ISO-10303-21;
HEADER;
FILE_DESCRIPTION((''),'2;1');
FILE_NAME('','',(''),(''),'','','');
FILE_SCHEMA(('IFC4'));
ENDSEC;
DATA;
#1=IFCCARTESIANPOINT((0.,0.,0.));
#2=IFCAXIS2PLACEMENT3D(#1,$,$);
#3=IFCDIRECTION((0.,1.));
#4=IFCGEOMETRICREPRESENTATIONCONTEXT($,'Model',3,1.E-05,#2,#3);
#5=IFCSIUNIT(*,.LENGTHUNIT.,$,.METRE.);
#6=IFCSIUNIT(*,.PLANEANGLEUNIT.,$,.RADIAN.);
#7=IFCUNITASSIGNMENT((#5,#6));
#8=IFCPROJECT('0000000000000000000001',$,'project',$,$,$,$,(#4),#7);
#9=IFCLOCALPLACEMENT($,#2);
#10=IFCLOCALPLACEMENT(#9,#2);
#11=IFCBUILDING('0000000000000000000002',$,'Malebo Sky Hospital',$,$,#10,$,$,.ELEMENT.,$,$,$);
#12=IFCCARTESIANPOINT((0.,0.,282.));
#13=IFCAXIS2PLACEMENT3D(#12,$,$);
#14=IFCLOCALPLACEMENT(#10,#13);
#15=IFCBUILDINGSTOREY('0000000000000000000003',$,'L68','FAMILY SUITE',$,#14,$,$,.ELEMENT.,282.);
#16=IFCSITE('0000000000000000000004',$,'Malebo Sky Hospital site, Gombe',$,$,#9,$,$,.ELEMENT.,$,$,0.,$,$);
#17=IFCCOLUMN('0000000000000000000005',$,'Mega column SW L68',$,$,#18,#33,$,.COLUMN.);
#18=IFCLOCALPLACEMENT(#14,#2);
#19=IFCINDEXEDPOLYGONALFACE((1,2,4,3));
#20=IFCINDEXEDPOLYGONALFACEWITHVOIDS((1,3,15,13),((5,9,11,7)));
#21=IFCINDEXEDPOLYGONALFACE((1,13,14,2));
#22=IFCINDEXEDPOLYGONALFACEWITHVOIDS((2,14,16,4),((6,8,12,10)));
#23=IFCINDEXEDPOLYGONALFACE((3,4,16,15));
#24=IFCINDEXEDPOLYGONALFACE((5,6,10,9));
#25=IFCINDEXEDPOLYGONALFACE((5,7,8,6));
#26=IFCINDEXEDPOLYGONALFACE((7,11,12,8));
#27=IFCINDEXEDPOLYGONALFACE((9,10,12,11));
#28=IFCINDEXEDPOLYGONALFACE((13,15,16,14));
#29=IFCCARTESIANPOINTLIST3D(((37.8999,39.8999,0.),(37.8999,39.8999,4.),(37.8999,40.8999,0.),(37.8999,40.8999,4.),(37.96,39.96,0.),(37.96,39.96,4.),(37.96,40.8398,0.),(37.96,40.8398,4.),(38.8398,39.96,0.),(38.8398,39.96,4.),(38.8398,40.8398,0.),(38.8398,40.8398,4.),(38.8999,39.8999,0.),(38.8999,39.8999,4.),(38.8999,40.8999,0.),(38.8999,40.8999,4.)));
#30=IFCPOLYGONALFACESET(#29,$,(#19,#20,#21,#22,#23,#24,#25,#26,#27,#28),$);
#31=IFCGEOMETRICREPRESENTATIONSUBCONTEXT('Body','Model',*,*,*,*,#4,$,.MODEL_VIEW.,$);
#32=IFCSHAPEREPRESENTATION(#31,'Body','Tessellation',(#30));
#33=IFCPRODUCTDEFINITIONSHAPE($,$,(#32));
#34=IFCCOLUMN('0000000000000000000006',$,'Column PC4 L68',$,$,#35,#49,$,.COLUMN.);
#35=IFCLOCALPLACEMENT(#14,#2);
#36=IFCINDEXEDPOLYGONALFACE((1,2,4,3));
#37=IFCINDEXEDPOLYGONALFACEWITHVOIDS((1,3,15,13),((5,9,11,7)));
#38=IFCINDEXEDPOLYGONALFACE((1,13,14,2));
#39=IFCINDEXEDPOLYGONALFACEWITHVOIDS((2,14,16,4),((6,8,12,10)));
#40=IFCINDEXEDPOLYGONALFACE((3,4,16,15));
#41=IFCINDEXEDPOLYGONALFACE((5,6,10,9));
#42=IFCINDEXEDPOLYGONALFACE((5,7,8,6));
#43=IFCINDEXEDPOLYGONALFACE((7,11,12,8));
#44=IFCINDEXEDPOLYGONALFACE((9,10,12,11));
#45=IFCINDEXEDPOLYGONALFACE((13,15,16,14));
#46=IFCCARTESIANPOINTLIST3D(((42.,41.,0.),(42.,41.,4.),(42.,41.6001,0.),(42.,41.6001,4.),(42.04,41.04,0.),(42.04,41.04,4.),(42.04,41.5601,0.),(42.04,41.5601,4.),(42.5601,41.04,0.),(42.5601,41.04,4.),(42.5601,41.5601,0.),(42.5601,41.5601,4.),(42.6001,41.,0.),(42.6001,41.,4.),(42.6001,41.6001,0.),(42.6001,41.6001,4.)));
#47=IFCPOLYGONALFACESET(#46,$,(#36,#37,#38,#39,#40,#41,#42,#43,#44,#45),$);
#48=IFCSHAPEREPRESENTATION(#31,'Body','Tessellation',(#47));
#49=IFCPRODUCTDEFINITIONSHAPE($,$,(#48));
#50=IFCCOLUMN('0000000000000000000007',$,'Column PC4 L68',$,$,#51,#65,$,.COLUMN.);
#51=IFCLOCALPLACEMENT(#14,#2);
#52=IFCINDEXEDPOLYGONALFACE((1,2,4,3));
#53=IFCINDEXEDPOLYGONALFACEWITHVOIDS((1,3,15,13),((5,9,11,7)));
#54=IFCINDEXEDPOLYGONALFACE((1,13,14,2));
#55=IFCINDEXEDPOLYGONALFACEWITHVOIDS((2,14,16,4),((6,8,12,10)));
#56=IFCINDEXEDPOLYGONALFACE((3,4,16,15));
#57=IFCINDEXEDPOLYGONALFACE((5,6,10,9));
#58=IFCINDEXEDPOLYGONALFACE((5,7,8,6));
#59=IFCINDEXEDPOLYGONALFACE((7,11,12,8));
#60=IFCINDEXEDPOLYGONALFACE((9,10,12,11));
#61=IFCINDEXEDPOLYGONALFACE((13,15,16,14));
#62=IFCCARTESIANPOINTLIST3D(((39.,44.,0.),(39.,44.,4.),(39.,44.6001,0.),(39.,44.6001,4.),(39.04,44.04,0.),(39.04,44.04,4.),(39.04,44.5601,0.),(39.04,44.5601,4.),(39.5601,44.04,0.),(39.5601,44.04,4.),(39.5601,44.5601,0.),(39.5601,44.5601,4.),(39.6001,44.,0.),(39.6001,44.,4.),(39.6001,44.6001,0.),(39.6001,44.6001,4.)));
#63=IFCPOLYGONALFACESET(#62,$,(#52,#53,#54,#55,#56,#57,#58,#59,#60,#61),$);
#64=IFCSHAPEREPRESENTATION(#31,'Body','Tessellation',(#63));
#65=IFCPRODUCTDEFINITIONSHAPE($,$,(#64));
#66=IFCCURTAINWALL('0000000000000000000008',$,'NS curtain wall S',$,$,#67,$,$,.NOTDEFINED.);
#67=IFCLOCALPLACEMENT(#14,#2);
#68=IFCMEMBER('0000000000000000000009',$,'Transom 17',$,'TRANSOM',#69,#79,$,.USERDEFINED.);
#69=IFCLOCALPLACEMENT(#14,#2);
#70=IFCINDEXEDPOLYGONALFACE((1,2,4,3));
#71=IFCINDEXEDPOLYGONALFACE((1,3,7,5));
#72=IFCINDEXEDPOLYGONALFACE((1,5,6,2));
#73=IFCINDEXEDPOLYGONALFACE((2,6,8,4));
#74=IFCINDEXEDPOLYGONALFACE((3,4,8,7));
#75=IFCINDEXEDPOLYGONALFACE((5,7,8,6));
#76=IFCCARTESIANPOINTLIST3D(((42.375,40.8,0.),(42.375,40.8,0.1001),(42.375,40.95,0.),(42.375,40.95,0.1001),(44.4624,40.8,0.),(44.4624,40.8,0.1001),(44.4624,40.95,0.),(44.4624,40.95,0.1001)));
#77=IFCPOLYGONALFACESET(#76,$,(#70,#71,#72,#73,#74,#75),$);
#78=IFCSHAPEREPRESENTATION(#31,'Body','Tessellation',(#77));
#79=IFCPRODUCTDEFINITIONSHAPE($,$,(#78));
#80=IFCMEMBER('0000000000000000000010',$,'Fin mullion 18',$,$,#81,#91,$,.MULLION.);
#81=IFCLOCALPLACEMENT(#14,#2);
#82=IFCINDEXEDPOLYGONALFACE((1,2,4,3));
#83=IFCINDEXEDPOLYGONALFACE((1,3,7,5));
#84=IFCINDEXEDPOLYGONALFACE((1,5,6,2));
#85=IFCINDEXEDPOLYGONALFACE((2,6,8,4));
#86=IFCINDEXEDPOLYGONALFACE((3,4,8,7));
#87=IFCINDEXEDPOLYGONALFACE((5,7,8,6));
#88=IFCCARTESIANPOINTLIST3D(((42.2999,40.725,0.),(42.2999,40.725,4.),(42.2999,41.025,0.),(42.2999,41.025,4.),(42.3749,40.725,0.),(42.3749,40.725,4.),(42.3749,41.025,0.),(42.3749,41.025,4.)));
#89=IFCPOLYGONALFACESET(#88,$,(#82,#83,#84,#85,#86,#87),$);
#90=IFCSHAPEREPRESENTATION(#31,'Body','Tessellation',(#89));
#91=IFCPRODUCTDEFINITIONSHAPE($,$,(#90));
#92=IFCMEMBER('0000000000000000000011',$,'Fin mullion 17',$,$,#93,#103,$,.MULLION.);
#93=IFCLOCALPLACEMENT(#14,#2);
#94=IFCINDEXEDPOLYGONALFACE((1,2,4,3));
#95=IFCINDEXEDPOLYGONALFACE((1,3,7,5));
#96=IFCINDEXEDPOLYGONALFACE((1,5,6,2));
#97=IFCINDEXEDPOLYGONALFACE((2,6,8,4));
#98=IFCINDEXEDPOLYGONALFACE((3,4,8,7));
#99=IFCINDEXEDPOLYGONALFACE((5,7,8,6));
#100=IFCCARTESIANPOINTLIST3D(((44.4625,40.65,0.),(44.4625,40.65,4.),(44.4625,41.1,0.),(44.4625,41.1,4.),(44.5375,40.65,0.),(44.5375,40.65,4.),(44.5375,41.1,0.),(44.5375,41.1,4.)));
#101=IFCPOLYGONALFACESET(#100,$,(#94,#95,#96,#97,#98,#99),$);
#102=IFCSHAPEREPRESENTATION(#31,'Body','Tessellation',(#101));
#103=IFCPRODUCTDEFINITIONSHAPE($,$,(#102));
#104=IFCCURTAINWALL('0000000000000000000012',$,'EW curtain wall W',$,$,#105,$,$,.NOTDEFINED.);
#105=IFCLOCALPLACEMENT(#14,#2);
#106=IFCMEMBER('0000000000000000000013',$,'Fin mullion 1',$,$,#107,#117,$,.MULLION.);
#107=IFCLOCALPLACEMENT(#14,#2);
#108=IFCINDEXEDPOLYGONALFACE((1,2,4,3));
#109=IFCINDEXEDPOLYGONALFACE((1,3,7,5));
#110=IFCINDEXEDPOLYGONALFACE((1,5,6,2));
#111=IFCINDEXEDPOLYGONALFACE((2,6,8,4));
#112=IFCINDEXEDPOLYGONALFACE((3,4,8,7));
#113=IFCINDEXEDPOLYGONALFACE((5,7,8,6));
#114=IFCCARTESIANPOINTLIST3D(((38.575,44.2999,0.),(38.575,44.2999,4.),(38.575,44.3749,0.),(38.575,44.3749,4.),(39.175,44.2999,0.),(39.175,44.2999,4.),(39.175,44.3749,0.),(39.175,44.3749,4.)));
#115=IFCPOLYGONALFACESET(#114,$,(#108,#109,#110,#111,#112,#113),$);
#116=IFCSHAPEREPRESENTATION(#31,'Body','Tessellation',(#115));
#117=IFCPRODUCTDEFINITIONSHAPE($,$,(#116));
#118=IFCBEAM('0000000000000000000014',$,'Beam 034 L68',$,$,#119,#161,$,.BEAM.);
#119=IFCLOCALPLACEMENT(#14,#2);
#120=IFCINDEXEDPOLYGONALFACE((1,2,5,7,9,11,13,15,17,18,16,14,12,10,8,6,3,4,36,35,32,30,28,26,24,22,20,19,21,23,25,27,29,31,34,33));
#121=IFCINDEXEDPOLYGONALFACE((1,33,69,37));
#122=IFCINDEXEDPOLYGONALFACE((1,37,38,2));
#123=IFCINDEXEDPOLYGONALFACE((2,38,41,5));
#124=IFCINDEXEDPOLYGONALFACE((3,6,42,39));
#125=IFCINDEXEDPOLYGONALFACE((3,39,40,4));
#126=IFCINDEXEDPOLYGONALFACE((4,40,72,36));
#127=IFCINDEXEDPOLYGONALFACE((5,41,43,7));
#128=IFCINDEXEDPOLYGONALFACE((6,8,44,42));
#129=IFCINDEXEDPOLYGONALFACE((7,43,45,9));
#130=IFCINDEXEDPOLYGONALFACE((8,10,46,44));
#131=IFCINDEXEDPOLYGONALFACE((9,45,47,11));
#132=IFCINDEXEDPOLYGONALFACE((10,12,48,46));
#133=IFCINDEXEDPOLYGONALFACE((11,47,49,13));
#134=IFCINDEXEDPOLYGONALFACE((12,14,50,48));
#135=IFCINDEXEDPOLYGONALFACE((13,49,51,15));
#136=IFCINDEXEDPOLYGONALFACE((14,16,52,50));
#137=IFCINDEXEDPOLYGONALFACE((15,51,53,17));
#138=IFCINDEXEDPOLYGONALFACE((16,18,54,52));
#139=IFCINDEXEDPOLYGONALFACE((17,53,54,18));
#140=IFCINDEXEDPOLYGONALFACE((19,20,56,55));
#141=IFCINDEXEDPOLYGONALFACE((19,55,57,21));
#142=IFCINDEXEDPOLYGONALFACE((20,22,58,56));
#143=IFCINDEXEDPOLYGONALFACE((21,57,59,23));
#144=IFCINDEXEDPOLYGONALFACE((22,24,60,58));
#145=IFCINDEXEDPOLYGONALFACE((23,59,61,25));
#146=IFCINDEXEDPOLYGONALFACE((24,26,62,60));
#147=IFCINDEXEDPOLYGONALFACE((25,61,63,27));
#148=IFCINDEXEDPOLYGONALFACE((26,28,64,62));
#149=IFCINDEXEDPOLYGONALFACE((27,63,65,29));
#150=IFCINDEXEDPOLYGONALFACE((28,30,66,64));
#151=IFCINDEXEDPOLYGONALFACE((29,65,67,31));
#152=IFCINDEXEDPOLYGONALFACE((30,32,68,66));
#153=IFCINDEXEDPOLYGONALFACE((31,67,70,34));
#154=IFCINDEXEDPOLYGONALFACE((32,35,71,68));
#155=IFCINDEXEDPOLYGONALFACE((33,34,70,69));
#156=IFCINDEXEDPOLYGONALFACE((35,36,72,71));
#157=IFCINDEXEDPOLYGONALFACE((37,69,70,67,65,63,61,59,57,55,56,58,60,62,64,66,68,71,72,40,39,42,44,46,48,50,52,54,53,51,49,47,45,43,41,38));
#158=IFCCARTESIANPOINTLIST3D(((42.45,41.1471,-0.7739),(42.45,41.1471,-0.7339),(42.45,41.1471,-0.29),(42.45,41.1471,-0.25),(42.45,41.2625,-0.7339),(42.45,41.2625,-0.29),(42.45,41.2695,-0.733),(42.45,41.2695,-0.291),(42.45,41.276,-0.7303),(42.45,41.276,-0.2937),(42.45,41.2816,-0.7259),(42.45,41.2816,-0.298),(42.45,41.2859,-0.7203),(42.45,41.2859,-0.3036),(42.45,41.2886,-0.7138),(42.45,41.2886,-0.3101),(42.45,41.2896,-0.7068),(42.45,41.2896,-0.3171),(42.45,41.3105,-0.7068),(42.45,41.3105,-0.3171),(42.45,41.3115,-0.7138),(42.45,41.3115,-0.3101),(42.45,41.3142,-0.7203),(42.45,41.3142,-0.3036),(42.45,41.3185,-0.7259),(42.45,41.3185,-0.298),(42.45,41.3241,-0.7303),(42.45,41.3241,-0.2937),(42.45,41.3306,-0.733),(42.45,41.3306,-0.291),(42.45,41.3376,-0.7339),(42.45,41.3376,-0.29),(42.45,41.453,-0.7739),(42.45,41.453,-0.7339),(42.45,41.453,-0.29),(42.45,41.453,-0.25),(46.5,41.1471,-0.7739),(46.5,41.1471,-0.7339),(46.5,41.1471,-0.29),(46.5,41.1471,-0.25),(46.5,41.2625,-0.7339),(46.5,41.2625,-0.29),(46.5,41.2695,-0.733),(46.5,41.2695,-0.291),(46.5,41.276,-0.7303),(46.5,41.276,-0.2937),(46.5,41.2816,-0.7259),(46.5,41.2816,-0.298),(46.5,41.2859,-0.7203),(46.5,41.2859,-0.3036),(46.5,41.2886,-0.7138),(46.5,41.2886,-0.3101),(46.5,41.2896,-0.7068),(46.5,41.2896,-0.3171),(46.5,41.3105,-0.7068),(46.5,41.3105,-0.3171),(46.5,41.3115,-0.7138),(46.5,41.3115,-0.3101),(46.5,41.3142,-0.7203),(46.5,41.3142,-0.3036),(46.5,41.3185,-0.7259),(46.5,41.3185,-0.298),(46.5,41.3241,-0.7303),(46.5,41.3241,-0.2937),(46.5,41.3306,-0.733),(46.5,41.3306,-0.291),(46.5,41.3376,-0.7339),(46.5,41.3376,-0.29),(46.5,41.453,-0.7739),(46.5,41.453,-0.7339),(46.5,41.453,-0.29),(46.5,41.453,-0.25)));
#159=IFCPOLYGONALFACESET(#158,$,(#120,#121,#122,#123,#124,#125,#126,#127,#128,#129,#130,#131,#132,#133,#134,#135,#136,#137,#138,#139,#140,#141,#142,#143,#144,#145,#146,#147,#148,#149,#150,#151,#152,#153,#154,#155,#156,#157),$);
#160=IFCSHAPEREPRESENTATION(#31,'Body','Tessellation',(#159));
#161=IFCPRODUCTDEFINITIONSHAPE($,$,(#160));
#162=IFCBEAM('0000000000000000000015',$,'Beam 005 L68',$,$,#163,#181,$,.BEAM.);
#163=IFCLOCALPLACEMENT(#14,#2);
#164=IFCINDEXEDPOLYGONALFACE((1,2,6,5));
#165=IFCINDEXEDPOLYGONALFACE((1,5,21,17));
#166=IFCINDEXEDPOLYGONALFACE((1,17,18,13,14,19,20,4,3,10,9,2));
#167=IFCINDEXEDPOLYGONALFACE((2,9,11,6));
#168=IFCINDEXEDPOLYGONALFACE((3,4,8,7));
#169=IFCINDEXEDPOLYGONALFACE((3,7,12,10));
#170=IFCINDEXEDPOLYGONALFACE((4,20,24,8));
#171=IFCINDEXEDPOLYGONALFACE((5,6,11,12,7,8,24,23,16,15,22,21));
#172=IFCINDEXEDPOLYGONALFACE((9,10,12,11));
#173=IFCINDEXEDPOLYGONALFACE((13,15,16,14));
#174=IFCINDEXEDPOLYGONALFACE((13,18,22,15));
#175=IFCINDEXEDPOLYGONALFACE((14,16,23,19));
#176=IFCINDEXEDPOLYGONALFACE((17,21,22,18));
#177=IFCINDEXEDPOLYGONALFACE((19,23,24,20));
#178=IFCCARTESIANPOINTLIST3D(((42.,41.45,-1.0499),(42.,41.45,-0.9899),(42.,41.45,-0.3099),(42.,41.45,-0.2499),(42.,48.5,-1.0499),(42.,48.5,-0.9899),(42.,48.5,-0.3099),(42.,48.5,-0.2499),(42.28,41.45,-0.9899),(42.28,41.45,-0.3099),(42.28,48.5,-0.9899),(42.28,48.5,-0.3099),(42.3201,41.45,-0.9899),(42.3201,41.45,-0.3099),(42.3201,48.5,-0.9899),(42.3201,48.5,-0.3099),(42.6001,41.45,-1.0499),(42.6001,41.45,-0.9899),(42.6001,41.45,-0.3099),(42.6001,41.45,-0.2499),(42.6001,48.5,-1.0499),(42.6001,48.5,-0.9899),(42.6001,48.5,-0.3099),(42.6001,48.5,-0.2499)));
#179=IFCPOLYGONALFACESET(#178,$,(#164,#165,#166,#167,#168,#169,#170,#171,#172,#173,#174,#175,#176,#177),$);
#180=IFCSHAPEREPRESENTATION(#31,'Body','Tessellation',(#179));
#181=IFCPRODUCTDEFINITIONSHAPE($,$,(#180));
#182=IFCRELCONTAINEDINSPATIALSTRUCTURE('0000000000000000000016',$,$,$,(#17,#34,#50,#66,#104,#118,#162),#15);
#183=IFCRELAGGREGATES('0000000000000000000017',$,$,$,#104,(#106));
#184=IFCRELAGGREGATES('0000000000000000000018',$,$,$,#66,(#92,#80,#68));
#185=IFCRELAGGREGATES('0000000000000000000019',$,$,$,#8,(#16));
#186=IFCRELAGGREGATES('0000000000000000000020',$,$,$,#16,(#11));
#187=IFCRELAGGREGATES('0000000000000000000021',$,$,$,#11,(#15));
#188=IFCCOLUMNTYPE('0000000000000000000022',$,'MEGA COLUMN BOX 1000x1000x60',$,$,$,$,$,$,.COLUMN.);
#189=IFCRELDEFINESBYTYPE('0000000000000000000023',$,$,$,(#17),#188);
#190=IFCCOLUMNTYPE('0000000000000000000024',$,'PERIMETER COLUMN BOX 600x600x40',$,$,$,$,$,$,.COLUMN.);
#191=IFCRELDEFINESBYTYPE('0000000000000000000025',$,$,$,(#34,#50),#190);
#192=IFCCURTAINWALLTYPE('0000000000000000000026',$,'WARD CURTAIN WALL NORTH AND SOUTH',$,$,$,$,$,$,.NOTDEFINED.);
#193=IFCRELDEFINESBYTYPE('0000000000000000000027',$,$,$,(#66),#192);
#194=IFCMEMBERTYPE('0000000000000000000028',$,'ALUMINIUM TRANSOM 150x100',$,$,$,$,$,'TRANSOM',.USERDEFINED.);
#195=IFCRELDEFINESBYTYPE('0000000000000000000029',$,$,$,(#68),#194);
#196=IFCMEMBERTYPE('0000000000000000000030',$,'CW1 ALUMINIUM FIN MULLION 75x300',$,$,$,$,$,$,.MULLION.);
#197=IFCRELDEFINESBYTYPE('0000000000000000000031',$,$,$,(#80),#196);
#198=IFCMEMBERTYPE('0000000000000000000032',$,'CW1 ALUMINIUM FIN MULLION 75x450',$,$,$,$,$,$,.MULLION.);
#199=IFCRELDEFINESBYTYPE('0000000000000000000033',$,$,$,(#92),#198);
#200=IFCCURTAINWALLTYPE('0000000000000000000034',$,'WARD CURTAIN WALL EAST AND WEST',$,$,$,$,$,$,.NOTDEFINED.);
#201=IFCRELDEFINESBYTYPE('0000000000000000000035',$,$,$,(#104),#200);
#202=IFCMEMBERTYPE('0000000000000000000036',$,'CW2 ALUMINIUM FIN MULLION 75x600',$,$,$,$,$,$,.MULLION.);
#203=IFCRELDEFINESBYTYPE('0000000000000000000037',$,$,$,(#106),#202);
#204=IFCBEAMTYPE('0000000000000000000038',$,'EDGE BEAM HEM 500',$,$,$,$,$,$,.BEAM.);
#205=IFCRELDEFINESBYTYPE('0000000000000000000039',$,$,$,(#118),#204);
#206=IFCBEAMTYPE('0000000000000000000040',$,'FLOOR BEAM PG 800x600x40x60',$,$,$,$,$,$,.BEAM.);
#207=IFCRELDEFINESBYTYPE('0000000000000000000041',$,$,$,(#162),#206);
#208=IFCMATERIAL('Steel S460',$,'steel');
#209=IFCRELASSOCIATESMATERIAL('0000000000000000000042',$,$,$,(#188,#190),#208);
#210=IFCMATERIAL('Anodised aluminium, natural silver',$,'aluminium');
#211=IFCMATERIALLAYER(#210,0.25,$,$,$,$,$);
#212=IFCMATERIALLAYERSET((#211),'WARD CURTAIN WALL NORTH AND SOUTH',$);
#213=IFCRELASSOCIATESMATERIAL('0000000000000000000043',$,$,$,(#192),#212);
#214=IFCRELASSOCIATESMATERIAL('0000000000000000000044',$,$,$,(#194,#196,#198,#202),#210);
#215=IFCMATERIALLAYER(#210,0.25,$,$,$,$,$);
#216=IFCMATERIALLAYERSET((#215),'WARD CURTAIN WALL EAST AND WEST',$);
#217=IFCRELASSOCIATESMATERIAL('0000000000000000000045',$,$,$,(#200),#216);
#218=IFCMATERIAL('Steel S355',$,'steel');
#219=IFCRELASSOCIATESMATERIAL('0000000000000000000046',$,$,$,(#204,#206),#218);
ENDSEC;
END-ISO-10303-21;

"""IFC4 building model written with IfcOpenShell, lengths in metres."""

from ifc_helpers import new_model, si_unit, direction, frame, origin, origin_2d, place, context, subcontext, project, spatial, rectangle, hollow_rectangle, i_section, extrude, material, layer, layer_set, material_profile, profile_set, type_object, element, aggregate, save


model = new_model("IFC4")

# Units and contexts
model_context = context("Model", 3, precision=1e-05, world=origin(), true_north=direction((0.0, 1.0)))
body_context = subcontext(model_context, "Body", "Model", "MODEL_VIEW")
ifc_project = project(units=[si_unit("LENGTHUNIT", "METRE"), si_unit("PLANEANGLEUNIT", "RADIAN")], contexts=[model_context])

# Site, building, storey
site_placement = place(None, origin())
site = spatial("IfcSite", under=ifc_project, at=site_placement, Name="Malebo Sky Hospital site, Gombe", CompositionType="ELEMENT", RefElevation=0.0)
building_placement = place(site_placement, origin())
building = spatial("IfcBuilding", under=site, at=building_placement, Name="Malebo Sky Hospital", CompositionType="ELEMENT")
storey_placement = place(building_placement, frame((0.0, 0.0, 282.0)))
storey = spatial("IfcBuildingStorey", under=building, at=storey_placement, Name="L68", Description="FAMILY SUITE", CompositionType="ELEMENT", Elevation=282.0)

# Columns
ifc_material_1 = material(Name="Steel S460", Category="steel")
ifc_material_profile_1 = material_profile(ifc_material_1, hollow_rectangle(XDim=1.0, YDim=1.0, WallThickness=0.0601, at=origin_2d()), Name="BOX 1000x1000x60")
ifc_profile_set_1 = profile_set([ifc_material_profile_1], Name="Steel S460")
column_type_1 = type_object("IfcColumnType", Name="MEGA COLUMN BOX 1000x1000x60", PredefinedType="COLUMN", material=ifc_profile_set_1)
column_placement = place(storey_placement, frame((38.3999, 40.3999, 0.0), z_axis=(0.0, 0.0, 1.0), x_axis=(1.0, 0.0, 0.0)))
element("IfcColumn", 1, at=column_placement, inside=storey, type_object=column_type_1, Name="Mega column SW L68", PredefinedType="COLUMN", context=body_context, shape_type="SweptSolid", body=[
    extrude(hollow_rectangle(XDim=1.0, YDim=1.0, WallThickness=0.0601, at=origin_2d()), origin(), (0.0, 0.0, 1.0), 4.0),
])
ifc_material_profile_2 = material_profile(ifc_material_1, hollow_rectangle(XDim=0.6001, YDim=0.6001, WallThickness=0.04, at=origin_2d()), Name="BOX 600x600x40")
ifc_profile_set_2 = profile_set([ifc_material_profile_2], Name="Steel S460")
column_type_2 = type_object("IfcColumnType", Name="PERIMETER COLUMN BOX 600x600x40", PredefinedType="COLUMN", material=ifc_profile_set_2)
for number, where, z_axis, x_axis, name in (
    (2, (42.3, 41.3, 0.0), (0.0, 0.0, 1.0), (1.0, 0.0, 0.0), "Column PC4 L68"),
    (3, (39.3, 44.3, 0.0), (0.0, 0.0, 1.0), (1.0, 0.0, 0.0), "Column PC4 L68"),
):
    element("IfcColumn", number, at=place(storey_placement, frame(where, z_axis=z_axis, x_axis=x_axis)), inside=storey, type_object=column_type_2, Name=name, PredefinedType="COLUMN", context=body_context, shape_type="SweptSolid", body=[
        extrude(hollow_rectangle(XDim=0.6001, YDim=0.6001, WallThickness=0.04, at=origin_2d()), origin(), (0.0, 0.0, 1.0), 4.0),
    ])

# Curtain wall, members
ifc_material_2 = material(Name="Anodised aluminium, natural silver", Category="aluminium")
ifc_layer_1 = layer(ifc_material_2, 0.25)
ifc_layer_set_1 = layer_set([ifc_layer_1], Name="WARD CURTAIN WALL NORTH AND SOUTH")
curtain_wall_type_1 = type_object("IfcCurtainWallType", Name="WARD CURTAIN WALL NORTH AND SOUTH", PredefinedType="NOTDEFINED", material=ifc_layer_set_1)
curtain_wall_1_placement = place(storey_placement, origin())
curtain_wall_1 = element("IfcCurtainWall", 4, at=curtain_wall_1_placement, inside=storey, type_object=curtain_wall_type_1, Name="NS curtain wall S", PredefinedType="NOTDEFINED")
ifc_material_profile_3 = material_profile(ifc_material_2, rectangle(XDim=0.1499, YDim=0.1001, at=origin_2d()), Name="ALUMINIUM TRANSOM 150x100")
ifc_profile_set_3 = profile_set([ifc_material_profile_3], Name="Anodised aluminium, natural silver")
member_type_1 = type_object("IfcMemberType", Name="ALUMINIUM TRANSOM 150x100", ElementType="TRANSOM", PredefinedType="USERDEFINED", material=ifc_profile_set_3)
member_1_placement = place(storey_placement, frame((44.4624, 40.875, 0.05), z_axis=(-1.0, 0.0, 0.0), x_axis=(0.0, -1.0, 0.0)))
member_1 = element("IfcMember", 5, at=member_1_placement, type_object=member_type_1, Name="Transom 17", ObjectType="TRANSOM", PredefinedType="USERDEFINED", context=body_context, shape_type="SweptSolid", body=[
    extrude(rectangle(XDim=0.1499, YDim=0.1001, at=origin_2d()), origin(), (0.0, 0.0, 1.0), 2.0874),
])
ifc_material_profile_4 = material_profile(ifc_material_2, rectangle(XDim=0.075, YDim=0.3, at=origin_2d()), Name="CW1 ALUMINIUM FIN MULLION 75x300")
ifc_profile_set_4 = profile_set([ifc_material_profile_4], Name="Anodised aluminium, natural silver")
member_type_2 = type_object("IfcMemberType", Name="CW1 ALUMINIUM FIN MULLION 75x300", PredefinedType="MULLION", material=ifc_profile_set_4)
member_2_placement = place(storey_placement, frame((42.3374, 40.875, 0.0), z_axis=(0.0, 0.0, 1.0), x_axis=(-1.0, 0.0, 0.0)))
member_2 = element("IfcMember", 6, at=member_2_placement, type_object=member_type_2, Name="Fin mullion 18", PredefinedType="MULLION", context=body_context, shape_type="SweptSolid", body=[
    extrude(rectangle(XDim=0.075, YDim=0.3, at=origin_2d()), origin(), (0.0, 0.0, 1.0), 4.0),
])
ifc_material_profile_5 = material_profile(ifc_material_2, rectangle(XDim=0.075, YDim=0.45, at=origin_2d()), Name="CW1 ALUMINIUM FIN MULLION 75x450")
ifc_profile_set_5 = profile_set([ifc_material_profile_5], Name="Anodised aluminium, natural silver")
member_type_3 = type_object("IfcMemberType", Name="CW1 ALUMINIUM FIN MULLION 75x450", PredefinedType="MULLION", material=ifc_profile_set_5)
member_3_placement = place(storey_placement, frame((44.5, 40.875, 0.0), z_axis=(0.0, 0.0, 1.0), x_axis=(-1.0, 0.0, 0.0)))
member_3 = element("IfcMember", 7, at=member_3_placement, type_object=member_type_3, Name="Fin mullion 17", PredefinedType="MULLION", context=body_context, shape_type="SweptSolid", body=[
    extrude(rectangle(XDim=0.075, YDim=0.45, at=origin_2d()), origin(), (0.0, 0.0, 1.0), 4.0),
])

# Curtain wall, member
ifc_layer_2 = layer(ifc_material_2, 0.25)
ifc_layer_set_2 = layer_set([ifc_layer_2], Name="WARD CURTAIN WALL EAST AND WEST")
curtain_wall_type_2 = type_object("IfcCurtainWallType", Name="WARD CURTAIN WALL EAST AND WEST", PredefinedType="NOTDEFINED", material=ifc_layer_set_2)
curtain_wall_2_placement = place(storey_placement, origin())
curtain_wall_2 = element("IfcCurtainWall", 8, at=curtain_wall_2_placement, inside=storey, type_object=curtain_wall_type_2, Name="EW curtain wall W", PredefinedType="NOTDEFINED")
ifc_material_profile_6 = material_profile(ifc_material_2, rectangle(XDim=0.075, YDim=0.6001, at=origin_2d()), Name="CW2 ALUMINIUM FIN MULLION 75x600")
ifc_profile_set_6 = profile_set([ifc_material_profile_6], Name="Anodised aluminium, natural silver")
member_type_4 = type_object("IfcMemberType", Name="CW2 ALUMINIUM FIN MULLION 75x600", PredefinedType="MULLION", material=ifc_profile_set_6)
member_4_placement = place(storey_placement, frame((38.875, 44.3374, 0.0), z_axis=(0.0, 0.0, 1.0), x_axis=(0.0, 1.0, 0.0)))
member_4 = element("IfcMember", 9, at=member_4_placement, type_object=member_type_4, Name="Fin mullion 1", PredefinedType="MULLION", context=body_context, shape_type="SweptSolid", body=[
    extrude(rectangle(XDim=0.075, YDim=0.6001, at=origin_2d()), origin(), (0.0, 0.0, 1.0), 4.0),
])
aggregate(curtain_wall_2, [member_4])

# Beams
ifc_material_3 = material(Name="Steel S355", Category="steel")
ifc_material_profile_7 = material_profile(ifc_material_3, i_section(OverallWidth=0.3059, OverallDepth=0.5239, WebThickness=0.021, FlangeThickness=0.04, FilletRadius=0.0271, at=origin_2d()), Name="HEM 500")
ifc_profile_set_7 = profile_set([ifc_material_profile_7], Name="Steel S355")
beam_type_1 = type_object("IfcBeamType", Name="EDGE BEAM HEM 500", PredefinedType="BEAM", material=ifc_profile_set_7)
beam_placement = place(storey_placement, frame((42.45, 41.3, -0.512), z_axis=(1.0, 0.0, 0.0), x_axis=(0.0, 1.0, 0.0)))
element("IfcBeam", 10, at=beam_placement, inside=storey, type_object=beam_type_1, Name="Beam 034 L68", PredefinedType="BEAM", context=body_context, shape_type="SweptSolid", body=[
    extrude(i_section(OverallWidth=0.3059, OverallDepth=0.5239, WebThickness=0.021, FlangeThickness=0.04, FilletRadius=0.0271, at=origin_2d()), origin(), (0.0, 0.0, 1.0), 4.05),
])
ifc_material_profile_8 = material_profile(ifc_material_3, i_section(OverallWidth=0.6001, OverallDepth=0.8, WebThickness=0.04, FlangeThickness=0.0601, at=origin_2d()), Name="PG 800x600x40x60")
ifc_profile_set_8 = profile_set([ifc_material_profile_8], Name="Steel S355")
beam_type_2 = type_object("IfcBeamType", Name="FLOOR BEAM PG 800x600x40x60", PredefinedType="BEAM", material=ifc_profile_set_8)
for number, where, z_axis, x_axis, name in (
    (11, (42.3, 41.45, -0.6499), (0.0, 1.0, 0.0), (-1.0, 0.0, 0.0), "Beam 005 L68"),
):
    element("IfcBeam", number, at=place(storey_placement, frame(where, z_axis=z_axis, x_axis=x_axis)), inside=storey, type_object=beam_type_2, Name=name, PredefinedType="BEAM", context=body_context, shape_type="SweptSolid", body=[
        extrude(i_section(OverallWidth=0.6001, OverallDepth=0.8, WebThickness=0.04, FlangeThickness=0.0601, at=origin_2d()), origin(), (0.0, 0.0, 1.0), 7.05),
    ])

aggregate(curtain_wall_1, [member_3, member_2, member_1])

save(model, "model.ifc")
